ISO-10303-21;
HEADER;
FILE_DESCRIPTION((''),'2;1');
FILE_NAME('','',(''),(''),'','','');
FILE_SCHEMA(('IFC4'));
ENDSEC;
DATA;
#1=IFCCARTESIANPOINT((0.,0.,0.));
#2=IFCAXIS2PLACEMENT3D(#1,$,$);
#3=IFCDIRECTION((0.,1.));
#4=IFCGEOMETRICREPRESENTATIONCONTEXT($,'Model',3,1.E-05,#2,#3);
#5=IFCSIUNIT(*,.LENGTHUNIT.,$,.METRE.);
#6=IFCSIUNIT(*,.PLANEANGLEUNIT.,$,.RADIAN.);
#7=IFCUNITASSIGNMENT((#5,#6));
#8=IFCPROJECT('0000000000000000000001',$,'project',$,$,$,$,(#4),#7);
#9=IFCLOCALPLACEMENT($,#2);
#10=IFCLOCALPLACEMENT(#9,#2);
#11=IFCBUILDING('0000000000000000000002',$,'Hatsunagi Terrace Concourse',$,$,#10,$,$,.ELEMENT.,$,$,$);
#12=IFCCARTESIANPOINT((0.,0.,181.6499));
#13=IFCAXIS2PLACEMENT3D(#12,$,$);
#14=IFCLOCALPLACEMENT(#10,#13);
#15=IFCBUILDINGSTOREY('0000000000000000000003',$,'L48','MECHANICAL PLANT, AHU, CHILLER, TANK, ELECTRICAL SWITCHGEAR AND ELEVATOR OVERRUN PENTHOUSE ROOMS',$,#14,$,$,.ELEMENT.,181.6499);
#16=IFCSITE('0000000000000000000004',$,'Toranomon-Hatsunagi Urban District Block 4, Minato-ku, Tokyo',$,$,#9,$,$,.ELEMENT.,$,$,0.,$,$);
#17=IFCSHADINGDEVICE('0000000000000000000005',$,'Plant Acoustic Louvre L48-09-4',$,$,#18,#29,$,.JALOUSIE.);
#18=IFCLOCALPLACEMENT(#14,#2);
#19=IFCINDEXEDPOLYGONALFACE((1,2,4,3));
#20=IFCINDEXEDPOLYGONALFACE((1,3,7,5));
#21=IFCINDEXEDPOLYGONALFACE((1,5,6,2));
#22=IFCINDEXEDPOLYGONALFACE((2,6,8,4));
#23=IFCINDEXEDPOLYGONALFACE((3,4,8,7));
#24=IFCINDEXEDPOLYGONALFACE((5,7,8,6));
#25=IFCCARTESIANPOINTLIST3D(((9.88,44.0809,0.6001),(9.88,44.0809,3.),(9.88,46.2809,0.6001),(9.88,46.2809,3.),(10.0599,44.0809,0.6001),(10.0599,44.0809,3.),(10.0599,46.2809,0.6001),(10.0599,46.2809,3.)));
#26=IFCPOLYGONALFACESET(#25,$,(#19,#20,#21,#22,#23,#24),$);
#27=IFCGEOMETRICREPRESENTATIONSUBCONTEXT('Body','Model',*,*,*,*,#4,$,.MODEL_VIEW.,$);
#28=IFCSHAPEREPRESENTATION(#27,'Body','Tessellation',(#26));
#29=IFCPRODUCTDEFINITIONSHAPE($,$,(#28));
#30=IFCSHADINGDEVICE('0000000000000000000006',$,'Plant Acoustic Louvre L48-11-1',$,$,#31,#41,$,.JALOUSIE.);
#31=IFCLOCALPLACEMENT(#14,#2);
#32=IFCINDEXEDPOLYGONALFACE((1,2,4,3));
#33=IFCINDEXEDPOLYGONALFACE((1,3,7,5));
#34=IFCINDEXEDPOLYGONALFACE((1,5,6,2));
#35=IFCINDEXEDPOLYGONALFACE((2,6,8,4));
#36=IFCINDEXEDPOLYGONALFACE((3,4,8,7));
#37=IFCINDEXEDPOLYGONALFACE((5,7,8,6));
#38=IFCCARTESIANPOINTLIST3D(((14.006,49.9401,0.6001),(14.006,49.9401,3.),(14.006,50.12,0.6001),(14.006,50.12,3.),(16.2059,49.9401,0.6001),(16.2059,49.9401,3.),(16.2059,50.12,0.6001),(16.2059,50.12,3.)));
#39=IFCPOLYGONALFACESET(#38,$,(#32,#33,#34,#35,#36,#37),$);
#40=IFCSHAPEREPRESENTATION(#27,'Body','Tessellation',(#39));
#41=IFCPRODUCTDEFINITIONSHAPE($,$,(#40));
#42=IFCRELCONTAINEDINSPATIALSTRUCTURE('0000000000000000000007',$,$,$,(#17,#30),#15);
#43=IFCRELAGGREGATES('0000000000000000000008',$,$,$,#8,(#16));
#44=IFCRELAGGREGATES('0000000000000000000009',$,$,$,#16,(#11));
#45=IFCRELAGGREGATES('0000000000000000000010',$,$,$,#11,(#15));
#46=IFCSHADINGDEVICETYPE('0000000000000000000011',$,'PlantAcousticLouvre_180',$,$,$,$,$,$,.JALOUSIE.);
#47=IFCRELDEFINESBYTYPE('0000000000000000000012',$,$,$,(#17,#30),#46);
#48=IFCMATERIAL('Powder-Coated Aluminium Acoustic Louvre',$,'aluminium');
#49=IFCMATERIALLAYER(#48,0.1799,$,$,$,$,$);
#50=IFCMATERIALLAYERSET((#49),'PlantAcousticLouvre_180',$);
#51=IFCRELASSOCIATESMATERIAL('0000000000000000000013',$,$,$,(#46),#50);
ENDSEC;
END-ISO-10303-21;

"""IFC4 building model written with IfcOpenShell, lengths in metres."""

from ifc_helpers import new_model, si_unit, direction, frame, origin, origin_2d, place, context, subcontext, project, spatial, rectangle, extrude, material, layer, layer_set, type_object, element, save


model = new_model("IFC4")

# Units and contexts
model_context = context("Model", 3, precision=1e-05, world=origin(), true_north=direction((0.0, 1.0)))
body_context = subcontext(model_context, "Body", "Model", "MODEL_VIEW")
ifc_project = project(units=[si_unit("LENGTHUNIT", "METRE"), si_unit("PLANEANGLEUNIT", "RADIAN")], contexts=[model_context])

# Site, building, storey
site_placement = place(None, origin())
site = spatial("IfcSite", under=ifc_project, at=site_placement, Name="Toranomon-Hatsunagi Urban District Block 4, Minato-ku, Tokyo", CompositionType="ELEMENT", RefElevation=0.0)
building_placement = place(site_placement, origin())
building = spatial("IfcBuilding", under=site, at=building_placement, Name="Hatsunagi Terrace Concourse", CompositionType="ELEMENT")
storey_placement = place(building_placement, frame((0.0, 0.0, 181.6499)))
storey = spatial("IfcBuildingStorey", under=building, at=storey_placement, Name="L48", Description="MECHANICAL PLANT, AHU, CHILLER, TANK, ELECTRICAL SWITCHGEAR AND ELEVATOR OVERRUN PENTHOUSE ROOMS", CompositionType="ELEMENT", Elevation=181.6499)

# Shading devices
ifc_material_1 = material(Name="Powder-Coated Aluminium Acoustic Louvre", Category="aluminium")
ifc_layer_1 = layer(ifc_material_1, 0.1799)
ifc_layer_set_1 = layer_set([ifc_layer_1], Name="PlantAcousticLouvre_180")
shading_device_type = type_object("IfcShadingDeviceType", Name="PlantAcousticLouvre_180", PredefinedType="JALOUSIE", material=ifc_layer_set_1)
for number, where, z_axis, x_axis, name in (
    (1, (9.97, 45.1809, 0.6001), (0.0, 0.0, 1.0), (0.0, 1.0, 0.0), "Plant Acoustic Louvre L48-09-4"),
    (2, (15.106, 50.03, 0.6001), (0.0, 0.0, 1.0), (1.0, 0.0, 0.0), "Plant Acoustic Louvre L48-11-1"),
):
    element("IfcShadingDevice", number, at=place(storey_placement, frame(where, z_axis=z_axis, x_axis=x_axis)), inside=storey, type_object=shading_device_type, Name=name, PredefinedType="JALOUSIE", context=body_context, shape_type="SweptSolid", body=[
        extrude(rectangle(XDim=2.2, YDim=0.1799, at=origin_2d()), origin(), (0.0, 0.0, 1.0), 2.3999),
    ])

save(model, "model.ifc")
